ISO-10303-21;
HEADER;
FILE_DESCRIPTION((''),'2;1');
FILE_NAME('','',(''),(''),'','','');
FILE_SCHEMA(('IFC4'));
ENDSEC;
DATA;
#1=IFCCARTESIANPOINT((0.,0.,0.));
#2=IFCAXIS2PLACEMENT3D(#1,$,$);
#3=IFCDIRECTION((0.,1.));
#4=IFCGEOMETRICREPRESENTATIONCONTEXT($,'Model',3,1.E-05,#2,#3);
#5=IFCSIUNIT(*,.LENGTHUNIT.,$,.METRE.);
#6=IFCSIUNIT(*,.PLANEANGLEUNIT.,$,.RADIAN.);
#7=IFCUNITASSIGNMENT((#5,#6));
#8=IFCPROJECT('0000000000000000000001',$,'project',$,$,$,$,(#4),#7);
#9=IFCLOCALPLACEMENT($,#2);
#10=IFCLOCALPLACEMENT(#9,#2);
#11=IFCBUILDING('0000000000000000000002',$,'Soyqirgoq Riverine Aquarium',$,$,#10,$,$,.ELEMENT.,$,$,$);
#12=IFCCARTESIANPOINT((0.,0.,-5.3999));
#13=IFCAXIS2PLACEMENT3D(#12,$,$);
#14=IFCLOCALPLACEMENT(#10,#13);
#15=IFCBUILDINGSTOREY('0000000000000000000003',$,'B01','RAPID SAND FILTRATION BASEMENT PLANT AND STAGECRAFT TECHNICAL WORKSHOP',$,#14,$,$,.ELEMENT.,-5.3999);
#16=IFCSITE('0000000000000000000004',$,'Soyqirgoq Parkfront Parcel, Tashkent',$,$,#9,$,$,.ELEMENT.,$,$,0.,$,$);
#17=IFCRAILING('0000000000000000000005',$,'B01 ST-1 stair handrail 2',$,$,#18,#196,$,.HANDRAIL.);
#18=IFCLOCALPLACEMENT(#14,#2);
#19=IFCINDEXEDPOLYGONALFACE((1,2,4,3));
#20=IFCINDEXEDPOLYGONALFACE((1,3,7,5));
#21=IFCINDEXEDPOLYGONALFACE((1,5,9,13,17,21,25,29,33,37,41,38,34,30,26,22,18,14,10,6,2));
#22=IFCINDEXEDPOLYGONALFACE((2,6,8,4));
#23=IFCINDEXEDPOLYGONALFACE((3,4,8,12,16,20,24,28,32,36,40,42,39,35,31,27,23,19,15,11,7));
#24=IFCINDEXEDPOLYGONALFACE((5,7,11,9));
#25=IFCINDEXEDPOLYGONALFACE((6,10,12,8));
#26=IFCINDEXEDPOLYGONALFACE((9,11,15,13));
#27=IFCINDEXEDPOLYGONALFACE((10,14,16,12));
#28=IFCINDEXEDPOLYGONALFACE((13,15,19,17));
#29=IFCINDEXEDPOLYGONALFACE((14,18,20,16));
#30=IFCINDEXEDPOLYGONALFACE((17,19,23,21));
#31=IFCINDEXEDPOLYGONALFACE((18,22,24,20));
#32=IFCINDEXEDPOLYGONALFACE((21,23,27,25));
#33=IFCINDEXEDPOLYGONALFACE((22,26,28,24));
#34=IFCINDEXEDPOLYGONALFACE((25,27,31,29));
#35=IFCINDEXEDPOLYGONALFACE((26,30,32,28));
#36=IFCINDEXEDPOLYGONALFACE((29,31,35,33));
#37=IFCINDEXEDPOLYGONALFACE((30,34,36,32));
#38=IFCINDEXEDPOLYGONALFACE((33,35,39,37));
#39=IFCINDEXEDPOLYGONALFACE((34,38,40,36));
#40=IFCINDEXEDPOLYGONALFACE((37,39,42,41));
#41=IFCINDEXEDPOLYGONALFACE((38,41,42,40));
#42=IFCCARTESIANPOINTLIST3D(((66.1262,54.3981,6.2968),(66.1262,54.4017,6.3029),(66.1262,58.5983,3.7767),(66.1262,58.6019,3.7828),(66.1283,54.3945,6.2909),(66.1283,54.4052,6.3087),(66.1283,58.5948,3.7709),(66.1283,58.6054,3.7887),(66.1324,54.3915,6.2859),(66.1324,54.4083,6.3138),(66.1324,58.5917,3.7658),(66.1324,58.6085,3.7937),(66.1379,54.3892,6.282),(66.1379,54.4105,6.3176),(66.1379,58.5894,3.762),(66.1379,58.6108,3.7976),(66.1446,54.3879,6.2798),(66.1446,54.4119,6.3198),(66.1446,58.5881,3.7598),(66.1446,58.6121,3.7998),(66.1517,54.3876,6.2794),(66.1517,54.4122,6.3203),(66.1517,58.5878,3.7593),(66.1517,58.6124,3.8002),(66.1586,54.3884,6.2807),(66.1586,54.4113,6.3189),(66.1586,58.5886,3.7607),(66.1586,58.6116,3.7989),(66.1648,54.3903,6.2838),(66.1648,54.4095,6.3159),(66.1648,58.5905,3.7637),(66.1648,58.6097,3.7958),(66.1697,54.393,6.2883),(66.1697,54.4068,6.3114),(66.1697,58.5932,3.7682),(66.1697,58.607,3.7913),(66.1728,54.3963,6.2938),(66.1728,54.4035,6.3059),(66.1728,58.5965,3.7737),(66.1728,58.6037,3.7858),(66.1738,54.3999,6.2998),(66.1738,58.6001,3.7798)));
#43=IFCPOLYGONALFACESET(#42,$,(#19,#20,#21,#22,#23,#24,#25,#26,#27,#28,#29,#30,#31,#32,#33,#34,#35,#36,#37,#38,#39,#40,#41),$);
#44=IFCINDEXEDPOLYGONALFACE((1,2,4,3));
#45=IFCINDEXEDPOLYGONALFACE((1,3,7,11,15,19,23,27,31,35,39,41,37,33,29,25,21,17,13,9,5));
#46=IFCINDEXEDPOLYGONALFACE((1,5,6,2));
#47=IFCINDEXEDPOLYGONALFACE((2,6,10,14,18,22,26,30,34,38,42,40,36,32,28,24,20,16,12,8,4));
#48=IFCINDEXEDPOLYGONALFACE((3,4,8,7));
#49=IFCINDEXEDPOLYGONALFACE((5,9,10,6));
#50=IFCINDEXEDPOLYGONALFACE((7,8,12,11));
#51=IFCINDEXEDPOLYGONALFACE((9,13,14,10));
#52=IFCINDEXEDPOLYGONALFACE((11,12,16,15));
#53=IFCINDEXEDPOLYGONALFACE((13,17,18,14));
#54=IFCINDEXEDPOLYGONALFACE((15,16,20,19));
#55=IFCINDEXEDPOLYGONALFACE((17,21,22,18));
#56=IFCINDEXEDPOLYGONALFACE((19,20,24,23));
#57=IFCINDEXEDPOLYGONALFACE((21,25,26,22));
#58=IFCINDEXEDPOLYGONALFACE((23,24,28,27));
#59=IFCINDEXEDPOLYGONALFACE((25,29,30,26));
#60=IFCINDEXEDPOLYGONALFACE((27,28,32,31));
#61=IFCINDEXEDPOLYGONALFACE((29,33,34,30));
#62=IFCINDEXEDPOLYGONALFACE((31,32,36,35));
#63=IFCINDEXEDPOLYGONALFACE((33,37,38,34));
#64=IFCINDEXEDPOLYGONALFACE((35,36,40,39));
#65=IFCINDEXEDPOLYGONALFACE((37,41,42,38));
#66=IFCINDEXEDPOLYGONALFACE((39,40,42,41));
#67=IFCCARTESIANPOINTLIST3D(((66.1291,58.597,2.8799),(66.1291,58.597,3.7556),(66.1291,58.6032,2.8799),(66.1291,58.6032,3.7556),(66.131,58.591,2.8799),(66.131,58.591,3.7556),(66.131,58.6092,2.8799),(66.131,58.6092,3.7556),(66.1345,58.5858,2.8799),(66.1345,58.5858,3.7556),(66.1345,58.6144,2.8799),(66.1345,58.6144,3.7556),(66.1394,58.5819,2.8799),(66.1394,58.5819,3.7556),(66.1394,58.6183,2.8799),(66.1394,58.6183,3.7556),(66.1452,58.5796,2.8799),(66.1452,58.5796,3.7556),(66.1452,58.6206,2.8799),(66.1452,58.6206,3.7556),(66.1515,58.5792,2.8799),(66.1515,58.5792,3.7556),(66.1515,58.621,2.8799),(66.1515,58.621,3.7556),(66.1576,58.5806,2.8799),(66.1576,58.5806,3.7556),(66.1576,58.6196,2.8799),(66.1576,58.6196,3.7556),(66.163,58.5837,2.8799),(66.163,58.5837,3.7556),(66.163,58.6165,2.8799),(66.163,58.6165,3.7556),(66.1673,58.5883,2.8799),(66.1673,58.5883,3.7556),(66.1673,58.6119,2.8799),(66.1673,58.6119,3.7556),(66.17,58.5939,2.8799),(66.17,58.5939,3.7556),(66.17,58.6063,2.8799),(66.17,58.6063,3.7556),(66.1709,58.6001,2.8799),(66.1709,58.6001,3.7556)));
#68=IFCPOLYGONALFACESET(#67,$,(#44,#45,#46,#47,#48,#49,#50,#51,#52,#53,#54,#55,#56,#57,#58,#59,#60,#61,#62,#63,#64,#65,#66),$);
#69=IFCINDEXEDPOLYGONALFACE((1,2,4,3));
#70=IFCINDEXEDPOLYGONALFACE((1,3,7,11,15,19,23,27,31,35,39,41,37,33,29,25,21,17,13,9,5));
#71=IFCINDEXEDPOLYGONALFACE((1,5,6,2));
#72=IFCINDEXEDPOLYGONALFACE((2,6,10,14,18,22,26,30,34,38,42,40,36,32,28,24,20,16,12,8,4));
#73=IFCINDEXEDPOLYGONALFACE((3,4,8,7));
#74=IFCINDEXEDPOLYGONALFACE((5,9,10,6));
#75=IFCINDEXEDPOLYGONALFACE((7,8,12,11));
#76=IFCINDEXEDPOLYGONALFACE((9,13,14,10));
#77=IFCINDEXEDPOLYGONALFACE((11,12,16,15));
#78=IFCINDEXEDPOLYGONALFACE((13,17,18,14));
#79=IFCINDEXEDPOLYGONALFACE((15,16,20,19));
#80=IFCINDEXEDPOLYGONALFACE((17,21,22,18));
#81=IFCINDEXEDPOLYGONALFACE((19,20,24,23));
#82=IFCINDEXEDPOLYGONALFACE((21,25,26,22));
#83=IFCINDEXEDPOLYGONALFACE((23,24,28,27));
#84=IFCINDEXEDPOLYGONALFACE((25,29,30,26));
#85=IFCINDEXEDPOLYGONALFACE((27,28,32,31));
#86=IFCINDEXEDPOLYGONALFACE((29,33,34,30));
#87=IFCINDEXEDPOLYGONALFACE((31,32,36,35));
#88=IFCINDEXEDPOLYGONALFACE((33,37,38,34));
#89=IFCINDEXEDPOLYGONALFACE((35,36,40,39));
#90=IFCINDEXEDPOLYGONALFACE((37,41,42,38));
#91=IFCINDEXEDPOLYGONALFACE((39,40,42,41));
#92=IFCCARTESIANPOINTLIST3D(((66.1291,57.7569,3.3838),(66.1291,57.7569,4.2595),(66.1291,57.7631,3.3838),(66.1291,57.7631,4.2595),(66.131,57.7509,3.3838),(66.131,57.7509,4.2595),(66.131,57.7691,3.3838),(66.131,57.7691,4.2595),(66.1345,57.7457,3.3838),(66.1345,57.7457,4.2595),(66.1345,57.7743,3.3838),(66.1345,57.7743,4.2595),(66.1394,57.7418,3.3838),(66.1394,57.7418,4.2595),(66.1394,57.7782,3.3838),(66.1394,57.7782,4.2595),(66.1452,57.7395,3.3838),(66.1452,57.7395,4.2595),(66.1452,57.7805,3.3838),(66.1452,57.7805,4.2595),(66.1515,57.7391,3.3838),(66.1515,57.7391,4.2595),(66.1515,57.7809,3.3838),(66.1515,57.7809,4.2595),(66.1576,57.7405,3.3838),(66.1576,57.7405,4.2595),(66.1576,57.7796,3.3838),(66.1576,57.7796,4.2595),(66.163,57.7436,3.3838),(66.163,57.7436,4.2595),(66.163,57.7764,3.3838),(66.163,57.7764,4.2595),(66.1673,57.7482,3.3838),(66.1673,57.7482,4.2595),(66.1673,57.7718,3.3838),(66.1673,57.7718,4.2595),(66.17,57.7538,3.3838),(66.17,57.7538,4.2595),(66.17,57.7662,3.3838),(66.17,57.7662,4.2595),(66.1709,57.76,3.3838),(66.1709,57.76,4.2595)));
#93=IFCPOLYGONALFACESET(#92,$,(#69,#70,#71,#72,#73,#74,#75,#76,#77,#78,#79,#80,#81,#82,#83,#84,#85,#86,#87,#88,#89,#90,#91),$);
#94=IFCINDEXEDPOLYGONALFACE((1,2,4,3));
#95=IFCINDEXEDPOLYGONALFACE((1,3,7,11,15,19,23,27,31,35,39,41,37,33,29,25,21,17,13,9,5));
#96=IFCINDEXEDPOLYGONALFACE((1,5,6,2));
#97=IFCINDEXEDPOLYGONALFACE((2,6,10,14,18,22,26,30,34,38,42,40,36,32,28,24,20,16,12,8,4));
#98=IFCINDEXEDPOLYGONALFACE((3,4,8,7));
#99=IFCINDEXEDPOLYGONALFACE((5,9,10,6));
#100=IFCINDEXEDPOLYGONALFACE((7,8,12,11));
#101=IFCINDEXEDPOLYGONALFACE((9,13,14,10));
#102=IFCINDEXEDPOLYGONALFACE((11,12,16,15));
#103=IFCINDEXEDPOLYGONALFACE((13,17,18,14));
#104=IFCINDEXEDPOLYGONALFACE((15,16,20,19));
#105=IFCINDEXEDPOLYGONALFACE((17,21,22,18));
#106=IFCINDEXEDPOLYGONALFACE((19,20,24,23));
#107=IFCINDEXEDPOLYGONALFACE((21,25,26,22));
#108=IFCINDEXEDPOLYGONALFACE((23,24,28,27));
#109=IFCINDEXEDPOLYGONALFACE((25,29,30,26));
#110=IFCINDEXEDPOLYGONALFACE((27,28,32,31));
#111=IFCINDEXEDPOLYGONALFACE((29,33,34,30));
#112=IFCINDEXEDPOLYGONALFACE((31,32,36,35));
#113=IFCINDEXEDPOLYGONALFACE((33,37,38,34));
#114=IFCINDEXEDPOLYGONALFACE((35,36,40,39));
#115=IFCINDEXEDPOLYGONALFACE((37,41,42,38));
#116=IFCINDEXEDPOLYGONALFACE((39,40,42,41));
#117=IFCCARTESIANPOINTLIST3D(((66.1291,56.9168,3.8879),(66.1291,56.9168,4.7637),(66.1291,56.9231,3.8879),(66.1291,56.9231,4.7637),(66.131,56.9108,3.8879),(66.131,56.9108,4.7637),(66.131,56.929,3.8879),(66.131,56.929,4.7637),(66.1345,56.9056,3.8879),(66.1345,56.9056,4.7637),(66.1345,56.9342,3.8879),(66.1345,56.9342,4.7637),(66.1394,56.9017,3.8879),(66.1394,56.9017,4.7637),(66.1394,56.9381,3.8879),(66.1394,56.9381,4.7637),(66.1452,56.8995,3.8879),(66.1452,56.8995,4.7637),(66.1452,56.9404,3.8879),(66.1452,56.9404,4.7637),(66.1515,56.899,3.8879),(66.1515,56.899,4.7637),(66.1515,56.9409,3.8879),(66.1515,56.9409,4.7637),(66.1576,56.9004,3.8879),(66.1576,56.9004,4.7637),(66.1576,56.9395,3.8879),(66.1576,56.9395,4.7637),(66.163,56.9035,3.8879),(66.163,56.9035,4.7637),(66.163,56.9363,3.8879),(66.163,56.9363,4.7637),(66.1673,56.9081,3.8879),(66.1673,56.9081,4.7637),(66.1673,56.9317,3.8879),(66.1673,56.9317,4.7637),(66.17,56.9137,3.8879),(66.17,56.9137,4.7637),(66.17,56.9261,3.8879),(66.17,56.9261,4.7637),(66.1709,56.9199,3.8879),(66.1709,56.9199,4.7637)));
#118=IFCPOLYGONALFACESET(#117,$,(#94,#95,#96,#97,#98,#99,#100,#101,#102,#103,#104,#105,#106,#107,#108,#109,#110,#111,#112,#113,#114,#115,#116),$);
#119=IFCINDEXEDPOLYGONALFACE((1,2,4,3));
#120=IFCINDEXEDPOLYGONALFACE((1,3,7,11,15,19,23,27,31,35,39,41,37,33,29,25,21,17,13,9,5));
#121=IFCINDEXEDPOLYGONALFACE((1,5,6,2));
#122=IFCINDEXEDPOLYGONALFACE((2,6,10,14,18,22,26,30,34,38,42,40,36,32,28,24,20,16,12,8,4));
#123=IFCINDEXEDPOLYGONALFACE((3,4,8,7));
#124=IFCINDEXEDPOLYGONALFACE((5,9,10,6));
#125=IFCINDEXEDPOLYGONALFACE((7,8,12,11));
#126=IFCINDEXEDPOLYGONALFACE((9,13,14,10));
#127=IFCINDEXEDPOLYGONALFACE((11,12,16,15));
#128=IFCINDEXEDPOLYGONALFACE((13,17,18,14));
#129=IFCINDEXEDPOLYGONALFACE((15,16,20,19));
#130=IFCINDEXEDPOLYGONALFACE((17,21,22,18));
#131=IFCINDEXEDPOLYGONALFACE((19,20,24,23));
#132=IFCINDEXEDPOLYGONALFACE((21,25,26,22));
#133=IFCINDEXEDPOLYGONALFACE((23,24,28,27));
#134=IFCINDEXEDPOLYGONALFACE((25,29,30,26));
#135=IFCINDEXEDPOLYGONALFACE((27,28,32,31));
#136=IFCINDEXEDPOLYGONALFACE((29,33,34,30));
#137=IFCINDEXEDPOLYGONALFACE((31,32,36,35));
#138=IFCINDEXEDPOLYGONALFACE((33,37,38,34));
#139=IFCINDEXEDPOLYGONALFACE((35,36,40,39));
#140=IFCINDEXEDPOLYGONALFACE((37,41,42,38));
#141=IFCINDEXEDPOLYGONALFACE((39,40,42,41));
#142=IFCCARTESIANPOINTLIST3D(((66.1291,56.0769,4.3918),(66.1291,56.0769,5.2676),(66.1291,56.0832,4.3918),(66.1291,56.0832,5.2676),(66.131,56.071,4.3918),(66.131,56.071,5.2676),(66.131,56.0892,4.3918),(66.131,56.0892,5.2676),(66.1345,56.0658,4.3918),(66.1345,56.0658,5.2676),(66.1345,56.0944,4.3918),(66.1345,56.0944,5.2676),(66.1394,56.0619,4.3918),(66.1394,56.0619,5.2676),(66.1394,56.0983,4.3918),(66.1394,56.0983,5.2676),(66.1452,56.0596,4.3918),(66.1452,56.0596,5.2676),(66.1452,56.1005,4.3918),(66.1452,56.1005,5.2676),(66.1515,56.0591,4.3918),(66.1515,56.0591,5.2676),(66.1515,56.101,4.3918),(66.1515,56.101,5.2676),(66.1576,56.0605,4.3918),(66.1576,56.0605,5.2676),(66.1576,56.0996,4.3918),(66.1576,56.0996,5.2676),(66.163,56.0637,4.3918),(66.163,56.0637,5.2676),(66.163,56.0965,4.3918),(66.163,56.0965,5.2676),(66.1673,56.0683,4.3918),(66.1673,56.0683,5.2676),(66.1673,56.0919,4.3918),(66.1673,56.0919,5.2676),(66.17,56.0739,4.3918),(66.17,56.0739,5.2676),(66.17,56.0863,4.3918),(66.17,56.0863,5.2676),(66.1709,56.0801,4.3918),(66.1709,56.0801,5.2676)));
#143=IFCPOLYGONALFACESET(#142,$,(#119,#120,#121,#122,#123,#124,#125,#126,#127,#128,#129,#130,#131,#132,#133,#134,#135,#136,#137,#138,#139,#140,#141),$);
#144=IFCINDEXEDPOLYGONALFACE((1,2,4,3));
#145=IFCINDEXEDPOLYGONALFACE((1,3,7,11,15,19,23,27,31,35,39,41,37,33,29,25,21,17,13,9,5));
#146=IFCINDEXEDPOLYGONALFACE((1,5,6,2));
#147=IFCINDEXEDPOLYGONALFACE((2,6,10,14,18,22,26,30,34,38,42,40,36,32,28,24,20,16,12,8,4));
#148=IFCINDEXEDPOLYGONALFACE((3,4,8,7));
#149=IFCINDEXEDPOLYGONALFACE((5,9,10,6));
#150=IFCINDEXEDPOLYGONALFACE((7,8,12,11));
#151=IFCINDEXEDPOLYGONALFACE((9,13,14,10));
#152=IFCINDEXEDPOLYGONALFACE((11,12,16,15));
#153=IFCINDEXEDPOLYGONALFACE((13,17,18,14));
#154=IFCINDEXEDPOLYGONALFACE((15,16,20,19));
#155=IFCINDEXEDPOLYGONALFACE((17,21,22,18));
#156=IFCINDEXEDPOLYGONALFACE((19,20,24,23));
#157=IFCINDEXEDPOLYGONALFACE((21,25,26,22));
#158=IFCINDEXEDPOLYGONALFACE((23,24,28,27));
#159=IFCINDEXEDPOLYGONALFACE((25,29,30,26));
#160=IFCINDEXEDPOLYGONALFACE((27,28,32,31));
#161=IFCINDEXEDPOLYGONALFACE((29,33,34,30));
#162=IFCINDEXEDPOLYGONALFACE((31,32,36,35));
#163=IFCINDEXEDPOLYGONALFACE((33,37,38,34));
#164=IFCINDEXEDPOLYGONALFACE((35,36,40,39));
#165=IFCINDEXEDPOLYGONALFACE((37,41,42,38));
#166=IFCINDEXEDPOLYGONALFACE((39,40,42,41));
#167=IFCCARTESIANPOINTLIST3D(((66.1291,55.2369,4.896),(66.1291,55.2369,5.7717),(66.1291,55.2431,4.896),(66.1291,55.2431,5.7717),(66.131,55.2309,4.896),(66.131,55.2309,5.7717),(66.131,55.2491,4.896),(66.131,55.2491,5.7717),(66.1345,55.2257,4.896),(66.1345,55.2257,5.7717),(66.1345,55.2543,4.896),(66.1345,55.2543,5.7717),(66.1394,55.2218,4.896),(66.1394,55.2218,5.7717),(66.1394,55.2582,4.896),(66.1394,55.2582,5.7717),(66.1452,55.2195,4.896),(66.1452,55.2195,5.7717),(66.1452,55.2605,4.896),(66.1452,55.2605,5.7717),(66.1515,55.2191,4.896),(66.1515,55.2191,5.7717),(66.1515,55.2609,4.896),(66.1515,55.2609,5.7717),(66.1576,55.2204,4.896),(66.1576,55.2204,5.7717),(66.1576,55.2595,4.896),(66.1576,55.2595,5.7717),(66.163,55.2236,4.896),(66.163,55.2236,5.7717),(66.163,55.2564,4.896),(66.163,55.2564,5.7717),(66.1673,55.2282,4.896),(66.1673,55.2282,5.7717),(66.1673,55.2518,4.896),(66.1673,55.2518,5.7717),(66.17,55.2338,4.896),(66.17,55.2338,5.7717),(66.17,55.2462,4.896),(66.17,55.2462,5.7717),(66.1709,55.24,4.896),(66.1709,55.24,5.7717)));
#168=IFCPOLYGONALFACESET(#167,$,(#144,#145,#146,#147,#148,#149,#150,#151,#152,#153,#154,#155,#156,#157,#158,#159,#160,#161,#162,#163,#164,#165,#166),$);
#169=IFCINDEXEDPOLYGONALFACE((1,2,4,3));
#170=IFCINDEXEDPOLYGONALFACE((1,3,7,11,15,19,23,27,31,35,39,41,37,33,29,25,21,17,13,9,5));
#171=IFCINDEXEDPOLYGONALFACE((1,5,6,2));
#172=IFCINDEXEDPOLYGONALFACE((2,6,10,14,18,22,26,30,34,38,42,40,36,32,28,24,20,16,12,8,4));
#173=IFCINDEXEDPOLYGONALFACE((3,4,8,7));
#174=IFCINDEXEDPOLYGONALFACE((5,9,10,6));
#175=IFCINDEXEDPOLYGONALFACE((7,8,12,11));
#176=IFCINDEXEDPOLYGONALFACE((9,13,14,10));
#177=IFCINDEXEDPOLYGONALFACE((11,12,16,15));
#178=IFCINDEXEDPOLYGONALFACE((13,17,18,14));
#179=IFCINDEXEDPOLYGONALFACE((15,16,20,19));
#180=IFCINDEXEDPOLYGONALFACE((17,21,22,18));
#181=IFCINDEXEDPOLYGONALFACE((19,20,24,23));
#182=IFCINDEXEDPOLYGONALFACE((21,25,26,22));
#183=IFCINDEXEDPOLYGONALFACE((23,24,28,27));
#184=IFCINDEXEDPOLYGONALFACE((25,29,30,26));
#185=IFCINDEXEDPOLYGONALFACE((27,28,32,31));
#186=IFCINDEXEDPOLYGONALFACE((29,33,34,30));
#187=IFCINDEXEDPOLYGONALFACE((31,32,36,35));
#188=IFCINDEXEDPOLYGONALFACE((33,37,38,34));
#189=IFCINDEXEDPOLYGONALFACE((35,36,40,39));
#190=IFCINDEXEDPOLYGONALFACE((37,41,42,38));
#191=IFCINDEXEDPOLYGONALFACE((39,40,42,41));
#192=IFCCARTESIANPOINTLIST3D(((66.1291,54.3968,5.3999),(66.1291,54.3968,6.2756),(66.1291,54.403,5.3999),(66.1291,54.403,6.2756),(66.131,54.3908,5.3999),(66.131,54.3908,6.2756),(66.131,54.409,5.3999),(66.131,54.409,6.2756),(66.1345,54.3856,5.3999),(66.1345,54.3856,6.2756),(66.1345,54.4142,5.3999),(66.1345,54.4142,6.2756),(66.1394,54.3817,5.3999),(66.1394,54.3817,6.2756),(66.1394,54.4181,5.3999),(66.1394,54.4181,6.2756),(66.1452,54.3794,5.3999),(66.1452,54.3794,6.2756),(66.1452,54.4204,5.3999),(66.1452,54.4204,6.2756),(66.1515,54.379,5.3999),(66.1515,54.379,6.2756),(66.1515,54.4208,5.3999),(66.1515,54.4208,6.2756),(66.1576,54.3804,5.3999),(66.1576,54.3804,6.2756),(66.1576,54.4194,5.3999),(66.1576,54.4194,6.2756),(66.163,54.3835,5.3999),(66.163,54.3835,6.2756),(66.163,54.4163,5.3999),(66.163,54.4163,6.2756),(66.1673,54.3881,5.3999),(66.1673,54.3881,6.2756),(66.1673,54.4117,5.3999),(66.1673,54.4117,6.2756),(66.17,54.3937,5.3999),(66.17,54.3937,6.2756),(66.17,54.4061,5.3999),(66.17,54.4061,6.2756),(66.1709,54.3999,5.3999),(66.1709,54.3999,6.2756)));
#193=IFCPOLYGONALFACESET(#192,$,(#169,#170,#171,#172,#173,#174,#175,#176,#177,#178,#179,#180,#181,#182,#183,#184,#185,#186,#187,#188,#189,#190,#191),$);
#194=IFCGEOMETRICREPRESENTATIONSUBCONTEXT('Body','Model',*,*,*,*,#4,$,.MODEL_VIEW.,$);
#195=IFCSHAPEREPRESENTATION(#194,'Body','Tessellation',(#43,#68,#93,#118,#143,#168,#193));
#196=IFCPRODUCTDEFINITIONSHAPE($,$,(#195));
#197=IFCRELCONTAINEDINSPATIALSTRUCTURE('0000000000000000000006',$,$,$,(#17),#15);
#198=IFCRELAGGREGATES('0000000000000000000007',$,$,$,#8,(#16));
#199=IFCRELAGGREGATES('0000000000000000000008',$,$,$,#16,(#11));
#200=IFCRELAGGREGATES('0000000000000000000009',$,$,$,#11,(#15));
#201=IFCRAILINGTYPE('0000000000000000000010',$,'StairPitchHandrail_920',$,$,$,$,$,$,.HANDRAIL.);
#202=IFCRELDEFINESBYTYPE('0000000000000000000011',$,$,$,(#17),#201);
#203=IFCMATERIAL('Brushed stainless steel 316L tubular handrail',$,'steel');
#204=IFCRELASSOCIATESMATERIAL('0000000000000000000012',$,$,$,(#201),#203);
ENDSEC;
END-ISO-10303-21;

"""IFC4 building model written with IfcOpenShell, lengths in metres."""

from ifc_helpers import new_model, si_unit, direction, frame, origin, origin_2d, place, context, subcontext, project, spatial, circle, extrude, material, type_object, element, save


model = new_model("IFC4")

# Units and contexts
model_context = context("Model", 3, precision=1e-05, world=origin(), true_north=direction((0.0, 1.0)))
body_context = subcontext(model_context, "Body", "Model", "MODEL_VIEW")
ifc_project = project(units=[si_unit("LENGTHUNIT", "METRE"), si_unit("PLANEANGLEUNIT", "RADIAN")], contexts=[model_context])

# Site, building, storey
site_placement = place(None, origin())
site = spatial("IfcSite", under=ifc_project, at=site_placement, Name="Soyqirgoq Parkfront Parcel, Tashkent", CompositionType="ELEMENT", RefElevation=0.0)
building_placement = place(site_placement, origin())
building = spatial("IfcBuilding", under=site, at=building_placement, Name="Soyqirgoq Riverine Aquarium", CompositionType="ELEMENT")
storey_placement = place(building_placement, frame((0.0, 0.0, -5.3999)))
storey = spatial("IfcBuildingStorey", under=building, at=storey_placement, Name="B01", Description="RAPID SAND FILTRATION BASEMENT PLANT AND STAGECRAFT TECHNICAL WORKSHOP", CompositionType="ELEMENT", Elevation=-5.3999)

# Railing
ifc_material_1 = material(Name="Brushed stainless steel 316L tubular handrail", Category="steel")
railing_type_1 = type_object("IfcRailingType", Name="StairPitchHandrail_920", PredefinedType="HANDRAIL", material=ifc_material_1)
railing_1_placement = place(storey_placement, frame((66.1499, 58.6001, 2.8799)))
element("IfcRailing", 1, at=railing_1_placement, inside=storey, type_object=railing_type_1, Name="B01 ST-1 stair handrail 2", PredefinedType="HANDRAIL", context=body_context, shape_type="SweptSolid", body=[
    extrude(circle(Radius=0.0239, at=origin_2d()), frame((0.0, 0.0, 0.8999), z_axis=(0.0, -0.857502, 0.514481), x_axis=(1.0, 0.0, 0.0)), (0.0, 0.0, 1.0), 4.8982),
    extrude(circle(Radius=0.021, at=origin_2d()), origin(), (0.0, 0.0, 1.0), 0.8757),
    extrude(circle(Radius=0.021, at=origin_2d()), frame((0.0, -0.8401, 0.5039)), (0.0, 0.0, 1.0), 0.8757),
    extrude(circle(Radius=0.021, at=origin_2d()), frame((0.0, -1.6802, 1.0081)), (0.0, 0.0, 1.0), 0.8757),
    extrude(circle(Radius=0.021, at=origin_2d()), frame((0.0, -2.52, 1.512)), (0.0, 0.0, 1.0), 0.8757),
    extrude(circle(Radius=0.021, at=origin_2d()), frame((0.0, -3.3601, 2.0161)), (0.0, 0.0, 1.0), 0.8757),
    extrude(circle(Radius=0.021, at=origin_2d()), frame((0.0, -4.2002, 2.52)), (0.0, 0.0, 1.0), 0.8757),
])

save(model, "model.ifc")
